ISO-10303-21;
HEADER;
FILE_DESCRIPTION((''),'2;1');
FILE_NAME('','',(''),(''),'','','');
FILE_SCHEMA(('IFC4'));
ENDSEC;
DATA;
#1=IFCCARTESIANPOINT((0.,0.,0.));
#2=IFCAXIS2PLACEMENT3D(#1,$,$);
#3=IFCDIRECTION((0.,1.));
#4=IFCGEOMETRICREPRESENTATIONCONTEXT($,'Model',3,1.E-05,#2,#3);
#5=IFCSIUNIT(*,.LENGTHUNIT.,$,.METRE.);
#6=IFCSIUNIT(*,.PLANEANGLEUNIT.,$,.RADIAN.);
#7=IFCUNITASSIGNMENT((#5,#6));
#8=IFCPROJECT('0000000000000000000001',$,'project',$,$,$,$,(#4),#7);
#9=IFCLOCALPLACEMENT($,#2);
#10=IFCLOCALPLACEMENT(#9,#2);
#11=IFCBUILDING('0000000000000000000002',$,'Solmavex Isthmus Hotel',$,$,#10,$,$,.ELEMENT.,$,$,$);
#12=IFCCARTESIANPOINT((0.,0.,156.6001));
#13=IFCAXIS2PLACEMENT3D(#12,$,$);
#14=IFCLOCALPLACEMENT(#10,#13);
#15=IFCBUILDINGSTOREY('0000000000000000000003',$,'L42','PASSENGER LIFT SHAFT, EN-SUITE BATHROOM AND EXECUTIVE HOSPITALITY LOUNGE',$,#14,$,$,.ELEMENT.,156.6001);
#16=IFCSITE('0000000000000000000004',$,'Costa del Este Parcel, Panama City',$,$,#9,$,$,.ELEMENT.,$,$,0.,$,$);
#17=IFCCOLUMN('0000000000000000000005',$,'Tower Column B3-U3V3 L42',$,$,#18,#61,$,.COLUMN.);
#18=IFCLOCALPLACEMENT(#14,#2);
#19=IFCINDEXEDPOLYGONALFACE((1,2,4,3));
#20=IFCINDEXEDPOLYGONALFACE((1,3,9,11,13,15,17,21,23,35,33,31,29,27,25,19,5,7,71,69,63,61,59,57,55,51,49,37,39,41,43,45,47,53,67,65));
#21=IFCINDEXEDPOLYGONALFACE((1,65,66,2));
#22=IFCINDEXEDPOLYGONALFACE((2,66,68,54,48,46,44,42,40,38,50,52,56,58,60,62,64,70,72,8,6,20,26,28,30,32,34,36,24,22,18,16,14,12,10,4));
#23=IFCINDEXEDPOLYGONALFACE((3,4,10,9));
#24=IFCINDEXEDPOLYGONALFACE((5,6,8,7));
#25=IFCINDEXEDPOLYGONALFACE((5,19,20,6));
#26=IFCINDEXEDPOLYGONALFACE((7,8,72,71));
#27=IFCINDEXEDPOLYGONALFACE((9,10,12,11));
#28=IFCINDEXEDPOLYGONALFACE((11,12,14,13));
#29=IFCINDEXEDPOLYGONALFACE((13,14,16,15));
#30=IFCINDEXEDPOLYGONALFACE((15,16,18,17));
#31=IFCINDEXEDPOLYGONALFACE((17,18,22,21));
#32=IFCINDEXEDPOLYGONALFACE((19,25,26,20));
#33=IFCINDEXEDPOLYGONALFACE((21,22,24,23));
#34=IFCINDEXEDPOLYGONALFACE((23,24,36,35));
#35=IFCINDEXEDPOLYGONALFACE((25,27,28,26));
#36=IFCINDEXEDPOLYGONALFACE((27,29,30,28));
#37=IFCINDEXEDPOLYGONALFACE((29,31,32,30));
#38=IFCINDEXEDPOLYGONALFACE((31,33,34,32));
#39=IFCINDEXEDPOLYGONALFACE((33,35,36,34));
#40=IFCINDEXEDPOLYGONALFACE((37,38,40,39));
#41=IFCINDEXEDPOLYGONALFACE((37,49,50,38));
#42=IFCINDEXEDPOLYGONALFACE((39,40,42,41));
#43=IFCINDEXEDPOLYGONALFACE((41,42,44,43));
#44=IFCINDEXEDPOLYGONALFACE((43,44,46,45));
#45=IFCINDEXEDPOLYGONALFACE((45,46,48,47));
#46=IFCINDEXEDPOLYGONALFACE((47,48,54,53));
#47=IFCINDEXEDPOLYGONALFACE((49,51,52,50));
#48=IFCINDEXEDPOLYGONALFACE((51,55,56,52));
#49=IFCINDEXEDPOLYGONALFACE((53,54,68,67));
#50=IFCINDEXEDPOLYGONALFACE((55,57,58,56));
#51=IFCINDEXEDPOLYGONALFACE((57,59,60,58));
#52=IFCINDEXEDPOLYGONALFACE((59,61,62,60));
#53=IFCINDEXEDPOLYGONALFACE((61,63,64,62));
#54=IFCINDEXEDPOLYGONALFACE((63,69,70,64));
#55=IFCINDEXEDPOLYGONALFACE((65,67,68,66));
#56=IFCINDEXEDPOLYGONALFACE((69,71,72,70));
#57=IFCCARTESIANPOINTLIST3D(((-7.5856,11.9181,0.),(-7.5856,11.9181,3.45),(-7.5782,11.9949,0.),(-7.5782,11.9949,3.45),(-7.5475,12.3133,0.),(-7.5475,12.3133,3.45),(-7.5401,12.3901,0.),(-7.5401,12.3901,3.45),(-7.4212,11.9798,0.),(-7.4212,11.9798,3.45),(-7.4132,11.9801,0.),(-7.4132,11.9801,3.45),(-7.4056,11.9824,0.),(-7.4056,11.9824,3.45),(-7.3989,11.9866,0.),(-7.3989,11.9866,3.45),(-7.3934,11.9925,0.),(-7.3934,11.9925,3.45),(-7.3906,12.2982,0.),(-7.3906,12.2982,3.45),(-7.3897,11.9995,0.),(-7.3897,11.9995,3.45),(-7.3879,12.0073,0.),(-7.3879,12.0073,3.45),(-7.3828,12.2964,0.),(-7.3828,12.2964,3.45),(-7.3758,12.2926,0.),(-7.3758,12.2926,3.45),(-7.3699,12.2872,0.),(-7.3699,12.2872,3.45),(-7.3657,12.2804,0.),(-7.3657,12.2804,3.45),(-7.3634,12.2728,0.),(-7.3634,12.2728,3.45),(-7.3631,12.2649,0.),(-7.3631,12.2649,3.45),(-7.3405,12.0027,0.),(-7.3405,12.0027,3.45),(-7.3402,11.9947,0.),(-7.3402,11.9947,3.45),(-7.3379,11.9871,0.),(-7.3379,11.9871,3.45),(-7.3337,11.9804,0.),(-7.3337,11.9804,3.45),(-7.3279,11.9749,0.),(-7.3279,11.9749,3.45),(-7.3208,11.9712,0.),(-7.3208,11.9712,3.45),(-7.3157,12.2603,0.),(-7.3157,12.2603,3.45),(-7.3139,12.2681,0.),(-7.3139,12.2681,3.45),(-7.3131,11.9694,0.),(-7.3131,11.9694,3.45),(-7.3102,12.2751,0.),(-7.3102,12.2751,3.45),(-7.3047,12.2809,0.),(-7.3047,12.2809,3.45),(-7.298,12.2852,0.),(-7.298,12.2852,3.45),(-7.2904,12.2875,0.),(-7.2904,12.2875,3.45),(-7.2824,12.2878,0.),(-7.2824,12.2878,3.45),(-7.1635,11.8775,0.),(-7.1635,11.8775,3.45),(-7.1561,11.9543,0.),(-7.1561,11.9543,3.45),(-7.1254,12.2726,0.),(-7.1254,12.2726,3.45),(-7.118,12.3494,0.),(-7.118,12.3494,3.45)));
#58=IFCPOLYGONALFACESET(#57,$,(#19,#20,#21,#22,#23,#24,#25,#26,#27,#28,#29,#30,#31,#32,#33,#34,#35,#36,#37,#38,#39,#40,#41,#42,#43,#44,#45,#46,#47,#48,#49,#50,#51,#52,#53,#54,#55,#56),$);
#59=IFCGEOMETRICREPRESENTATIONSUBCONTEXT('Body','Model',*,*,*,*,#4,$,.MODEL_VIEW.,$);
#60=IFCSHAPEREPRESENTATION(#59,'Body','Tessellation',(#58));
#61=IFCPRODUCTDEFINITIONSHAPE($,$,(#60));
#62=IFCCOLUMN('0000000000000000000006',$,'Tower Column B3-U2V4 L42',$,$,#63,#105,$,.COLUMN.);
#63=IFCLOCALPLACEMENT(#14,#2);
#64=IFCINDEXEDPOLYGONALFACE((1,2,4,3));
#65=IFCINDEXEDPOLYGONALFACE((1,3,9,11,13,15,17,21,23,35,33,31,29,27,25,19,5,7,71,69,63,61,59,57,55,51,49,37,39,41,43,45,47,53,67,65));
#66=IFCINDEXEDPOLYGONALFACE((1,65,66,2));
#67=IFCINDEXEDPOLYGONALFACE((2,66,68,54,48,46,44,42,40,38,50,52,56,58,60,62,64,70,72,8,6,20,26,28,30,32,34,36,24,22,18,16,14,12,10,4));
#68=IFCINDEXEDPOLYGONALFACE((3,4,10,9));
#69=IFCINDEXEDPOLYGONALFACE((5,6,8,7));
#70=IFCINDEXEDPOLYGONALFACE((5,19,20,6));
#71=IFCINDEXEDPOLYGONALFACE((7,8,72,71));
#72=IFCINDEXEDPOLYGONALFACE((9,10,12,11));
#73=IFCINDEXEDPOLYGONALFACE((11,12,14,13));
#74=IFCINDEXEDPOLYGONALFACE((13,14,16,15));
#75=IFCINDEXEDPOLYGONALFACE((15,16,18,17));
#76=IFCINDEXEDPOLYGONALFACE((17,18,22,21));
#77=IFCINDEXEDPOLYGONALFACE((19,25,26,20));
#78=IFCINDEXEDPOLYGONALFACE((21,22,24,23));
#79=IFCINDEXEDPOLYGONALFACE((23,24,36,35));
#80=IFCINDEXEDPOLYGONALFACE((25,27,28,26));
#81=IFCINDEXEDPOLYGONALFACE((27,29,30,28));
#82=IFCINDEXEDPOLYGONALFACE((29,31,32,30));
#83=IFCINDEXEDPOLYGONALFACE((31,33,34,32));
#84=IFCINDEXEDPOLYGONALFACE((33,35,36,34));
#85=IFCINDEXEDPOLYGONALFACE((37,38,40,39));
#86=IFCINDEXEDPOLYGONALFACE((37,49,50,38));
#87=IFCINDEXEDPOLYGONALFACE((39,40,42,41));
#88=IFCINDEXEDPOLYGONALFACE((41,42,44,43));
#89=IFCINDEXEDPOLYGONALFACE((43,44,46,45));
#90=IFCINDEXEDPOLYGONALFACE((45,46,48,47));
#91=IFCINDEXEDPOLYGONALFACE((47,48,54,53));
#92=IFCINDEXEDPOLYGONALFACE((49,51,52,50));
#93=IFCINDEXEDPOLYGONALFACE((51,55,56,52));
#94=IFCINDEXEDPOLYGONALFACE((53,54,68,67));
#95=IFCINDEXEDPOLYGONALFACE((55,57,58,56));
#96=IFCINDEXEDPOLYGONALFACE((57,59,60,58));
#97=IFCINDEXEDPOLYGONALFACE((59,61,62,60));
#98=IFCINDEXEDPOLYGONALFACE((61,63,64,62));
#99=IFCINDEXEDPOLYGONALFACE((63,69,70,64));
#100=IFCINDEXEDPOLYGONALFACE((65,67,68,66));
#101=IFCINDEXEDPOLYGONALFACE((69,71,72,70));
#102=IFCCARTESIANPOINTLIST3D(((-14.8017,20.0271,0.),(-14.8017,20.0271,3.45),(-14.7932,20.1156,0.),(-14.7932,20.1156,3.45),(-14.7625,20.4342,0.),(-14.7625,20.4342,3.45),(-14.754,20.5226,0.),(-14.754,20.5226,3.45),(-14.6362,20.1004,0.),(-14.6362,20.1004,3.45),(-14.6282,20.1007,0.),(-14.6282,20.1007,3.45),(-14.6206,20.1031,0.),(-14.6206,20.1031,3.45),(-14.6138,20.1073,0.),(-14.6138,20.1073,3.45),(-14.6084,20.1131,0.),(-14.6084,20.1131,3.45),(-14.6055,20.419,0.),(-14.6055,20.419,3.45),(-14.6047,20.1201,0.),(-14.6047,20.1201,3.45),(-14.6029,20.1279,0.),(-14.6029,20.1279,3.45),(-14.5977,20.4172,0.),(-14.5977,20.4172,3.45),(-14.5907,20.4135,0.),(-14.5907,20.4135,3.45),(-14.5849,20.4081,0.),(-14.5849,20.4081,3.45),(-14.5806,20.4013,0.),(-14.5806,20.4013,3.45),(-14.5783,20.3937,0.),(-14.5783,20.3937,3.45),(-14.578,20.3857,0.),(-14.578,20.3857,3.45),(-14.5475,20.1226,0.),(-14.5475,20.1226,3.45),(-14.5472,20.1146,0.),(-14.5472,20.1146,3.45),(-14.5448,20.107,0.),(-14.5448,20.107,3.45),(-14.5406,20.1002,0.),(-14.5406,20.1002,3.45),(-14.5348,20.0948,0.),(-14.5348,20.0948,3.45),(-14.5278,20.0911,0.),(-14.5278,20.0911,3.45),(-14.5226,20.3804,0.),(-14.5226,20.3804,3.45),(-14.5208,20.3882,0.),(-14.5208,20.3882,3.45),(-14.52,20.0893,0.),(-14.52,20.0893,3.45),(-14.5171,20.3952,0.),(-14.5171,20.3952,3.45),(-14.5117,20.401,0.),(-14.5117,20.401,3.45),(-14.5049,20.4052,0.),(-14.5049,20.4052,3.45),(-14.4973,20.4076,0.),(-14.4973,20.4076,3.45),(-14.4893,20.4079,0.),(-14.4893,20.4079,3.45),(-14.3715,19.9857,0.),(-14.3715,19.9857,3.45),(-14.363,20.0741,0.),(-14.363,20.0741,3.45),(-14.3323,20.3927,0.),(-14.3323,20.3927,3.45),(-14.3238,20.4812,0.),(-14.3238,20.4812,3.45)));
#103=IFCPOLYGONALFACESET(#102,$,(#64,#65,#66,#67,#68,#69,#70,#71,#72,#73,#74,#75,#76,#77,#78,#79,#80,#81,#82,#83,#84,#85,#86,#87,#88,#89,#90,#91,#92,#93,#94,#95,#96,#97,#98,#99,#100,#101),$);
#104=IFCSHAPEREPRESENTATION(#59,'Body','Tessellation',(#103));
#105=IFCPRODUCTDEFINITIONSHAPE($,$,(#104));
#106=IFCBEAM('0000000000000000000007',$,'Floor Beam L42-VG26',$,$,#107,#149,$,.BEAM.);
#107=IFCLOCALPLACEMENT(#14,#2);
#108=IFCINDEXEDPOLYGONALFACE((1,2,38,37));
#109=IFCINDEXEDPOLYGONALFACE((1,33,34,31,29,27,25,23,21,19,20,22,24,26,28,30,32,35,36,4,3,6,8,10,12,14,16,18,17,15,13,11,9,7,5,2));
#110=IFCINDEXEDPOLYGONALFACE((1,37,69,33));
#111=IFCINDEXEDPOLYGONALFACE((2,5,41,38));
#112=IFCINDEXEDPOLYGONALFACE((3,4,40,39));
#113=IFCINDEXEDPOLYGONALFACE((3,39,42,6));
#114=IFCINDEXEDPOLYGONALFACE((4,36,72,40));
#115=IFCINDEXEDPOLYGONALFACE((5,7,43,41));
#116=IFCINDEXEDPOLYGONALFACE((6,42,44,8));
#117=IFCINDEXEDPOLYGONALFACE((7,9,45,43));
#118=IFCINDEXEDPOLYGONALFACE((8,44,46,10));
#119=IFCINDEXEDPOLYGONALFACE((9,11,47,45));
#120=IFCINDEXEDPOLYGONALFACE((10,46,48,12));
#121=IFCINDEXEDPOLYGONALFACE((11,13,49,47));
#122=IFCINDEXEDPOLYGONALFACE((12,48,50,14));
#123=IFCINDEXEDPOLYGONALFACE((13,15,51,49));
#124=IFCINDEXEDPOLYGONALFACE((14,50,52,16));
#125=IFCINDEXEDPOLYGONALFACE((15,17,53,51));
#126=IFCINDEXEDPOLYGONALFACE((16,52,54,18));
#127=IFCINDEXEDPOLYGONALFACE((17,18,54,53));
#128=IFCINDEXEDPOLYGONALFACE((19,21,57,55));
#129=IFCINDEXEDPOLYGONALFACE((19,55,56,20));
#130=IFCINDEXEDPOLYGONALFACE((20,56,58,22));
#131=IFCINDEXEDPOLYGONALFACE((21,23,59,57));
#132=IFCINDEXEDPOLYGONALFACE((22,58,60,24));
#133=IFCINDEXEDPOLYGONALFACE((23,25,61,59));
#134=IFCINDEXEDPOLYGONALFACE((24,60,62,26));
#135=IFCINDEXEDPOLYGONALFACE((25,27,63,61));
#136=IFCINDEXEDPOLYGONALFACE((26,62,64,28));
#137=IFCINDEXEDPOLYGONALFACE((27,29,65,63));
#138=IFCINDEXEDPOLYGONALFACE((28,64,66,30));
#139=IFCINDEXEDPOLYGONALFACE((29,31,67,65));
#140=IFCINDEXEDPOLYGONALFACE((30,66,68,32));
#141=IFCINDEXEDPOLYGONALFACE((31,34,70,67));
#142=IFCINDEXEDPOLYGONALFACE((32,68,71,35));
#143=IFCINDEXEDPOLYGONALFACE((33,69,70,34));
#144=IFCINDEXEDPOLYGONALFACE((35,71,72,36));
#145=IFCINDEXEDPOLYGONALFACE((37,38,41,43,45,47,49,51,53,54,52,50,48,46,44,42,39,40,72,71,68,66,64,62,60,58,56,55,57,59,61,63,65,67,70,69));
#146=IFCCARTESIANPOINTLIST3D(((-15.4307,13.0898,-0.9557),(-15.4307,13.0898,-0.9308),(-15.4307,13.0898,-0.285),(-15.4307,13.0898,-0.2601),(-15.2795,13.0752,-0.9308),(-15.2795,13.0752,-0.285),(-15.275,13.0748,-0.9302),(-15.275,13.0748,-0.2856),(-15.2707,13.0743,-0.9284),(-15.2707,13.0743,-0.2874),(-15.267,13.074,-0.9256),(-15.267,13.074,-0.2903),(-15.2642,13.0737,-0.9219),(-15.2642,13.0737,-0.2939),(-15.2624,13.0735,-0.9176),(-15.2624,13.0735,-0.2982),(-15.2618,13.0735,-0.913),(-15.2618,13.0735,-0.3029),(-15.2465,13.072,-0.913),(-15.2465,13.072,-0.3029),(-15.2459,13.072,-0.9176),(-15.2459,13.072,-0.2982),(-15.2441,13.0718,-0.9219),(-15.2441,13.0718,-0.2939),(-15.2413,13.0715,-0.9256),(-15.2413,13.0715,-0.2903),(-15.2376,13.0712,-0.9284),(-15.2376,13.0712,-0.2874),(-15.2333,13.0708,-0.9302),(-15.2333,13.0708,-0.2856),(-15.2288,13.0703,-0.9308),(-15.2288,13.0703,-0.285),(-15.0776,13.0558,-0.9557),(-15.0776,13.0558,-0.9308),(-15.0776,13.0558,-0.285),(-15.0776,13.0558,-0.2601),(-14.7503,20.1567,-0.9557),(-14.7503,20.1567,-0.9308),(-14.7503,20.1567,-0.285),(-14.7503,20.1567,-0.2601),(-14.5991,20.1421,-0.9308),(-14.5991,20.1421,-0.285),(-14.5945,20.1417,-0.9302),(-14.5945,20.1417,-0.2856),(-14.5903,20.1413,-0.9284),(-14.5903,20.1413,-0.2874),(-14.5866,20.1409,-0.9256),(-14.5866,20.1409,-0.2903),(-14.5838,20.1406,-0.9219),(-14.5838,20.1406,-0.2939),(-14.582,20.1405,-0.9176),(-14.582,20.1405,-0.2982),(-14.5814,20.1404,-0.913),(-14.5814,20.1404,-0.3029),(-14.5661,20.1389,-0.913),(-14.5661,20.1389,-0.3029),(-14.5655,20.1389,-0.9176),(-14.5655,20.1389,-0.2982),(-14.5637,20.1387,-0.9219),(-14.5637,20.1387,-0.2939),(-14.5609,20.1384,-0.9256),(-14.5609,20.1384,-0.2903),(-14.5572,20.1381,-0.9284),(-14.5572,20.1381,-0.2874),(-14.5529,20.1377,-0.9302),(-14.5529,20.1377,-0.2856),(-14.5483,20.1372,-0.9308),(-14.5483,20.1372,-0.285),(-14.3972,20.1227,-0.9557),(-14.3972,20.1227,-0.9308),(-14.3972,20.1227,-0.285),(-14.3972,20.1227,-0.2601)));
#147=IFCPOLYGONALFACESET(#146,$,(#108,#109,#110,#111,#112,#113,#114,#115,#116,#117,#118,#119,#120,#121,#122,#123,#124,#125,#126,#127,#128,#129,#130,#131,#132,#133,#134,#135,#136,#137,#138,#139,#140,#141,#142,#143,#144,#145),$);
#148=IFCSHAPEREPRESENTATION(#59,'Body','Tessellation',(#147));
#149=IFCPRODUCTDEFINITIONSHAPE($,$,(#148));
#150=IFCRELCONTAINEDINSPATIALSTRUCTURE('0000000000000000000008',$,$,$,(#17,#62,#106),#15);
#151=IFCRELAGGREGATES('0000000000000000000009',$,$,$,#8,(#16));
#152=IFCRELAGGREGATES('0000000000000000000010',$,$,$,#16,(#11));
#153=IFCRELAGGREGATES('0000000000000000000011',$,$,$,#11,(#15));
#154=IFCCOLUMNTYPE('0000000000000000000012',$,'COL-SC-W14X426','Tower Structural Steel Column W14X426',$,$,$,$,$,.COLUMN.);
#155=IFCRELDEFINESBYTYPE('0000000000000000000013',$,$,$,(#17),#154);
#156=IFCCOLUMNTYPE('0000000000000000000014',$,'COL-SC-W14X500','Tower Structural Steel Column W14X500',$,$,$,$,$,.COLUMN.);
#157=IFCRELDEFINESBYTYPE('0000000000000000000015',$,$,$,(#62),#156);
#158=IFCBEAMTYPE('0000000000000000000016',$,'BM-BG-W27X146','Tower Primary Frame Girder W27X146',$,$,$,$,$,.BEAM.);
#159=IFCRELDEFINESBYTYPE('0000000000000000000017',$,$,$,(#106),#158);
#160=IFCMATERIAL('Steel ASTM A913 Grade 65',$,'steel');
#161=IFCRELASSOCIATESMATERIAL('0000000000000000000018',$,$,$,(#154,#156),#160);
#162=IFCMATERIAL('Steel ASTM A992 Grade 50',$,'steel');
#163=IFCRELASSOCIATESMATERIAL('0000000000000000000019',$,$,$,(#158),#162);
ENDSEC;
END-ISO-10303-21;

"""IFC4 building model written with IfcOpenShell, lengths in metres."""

from ifc_helpers import new_model, si_unit, direction, frame, origin, origin_2d, place, context, subcontext, project, spatial, i_section, extrude, material, material_profile, profile_set, type_object, element, save


model = new_model("IFC4")

# Units and contexts
model_context = context("Model", 3, precision=1e-05, world=origin(), true_north=direction((0.0, 1.0)))
body_context = subcontext(model_context, "Body", "Model", "MODEL_VIEW")
ifc_project = project(units=[si_unit("LENGTHUNIT", "METRE"), si_unit("PLANEANGLEUNIT", "RADIAN")], contexts=[model_context])

# Site, building, storey
site_placement = place(None, origin())
site = spatial("IfcSite", under=ifc_project, at=site_placement, Name="Costa del Este Parcel, Panama City", CompositionType="ELEMENT", RefElevation=0.0)
building_placement = place(site_placement, origin())
building = spatial("IfcBuilding", under=site, at=building_placement, Name="Solmavex Isthmus Hotel", CompositionType="ELEMENT")
storey_placement = place(building_placement, frame((0.0, 0.0, 156.6001)))
storey = spatial("IfcBuildingStorey", under=building, at=storey_placement, Name="L42", Description="PASSENGER LIFT SHAFT, EN-SUITE BATHROOM AND EXECUTIVE HOSPITALITY LOUNGE", CompositionType="ELEMENT", Elevation=156.6001)

# Columns
ifc_material_1 = material(Name="Steel ASTM A913 Grade 65", Category="steel")
ifc_material_profile_1 = material_profile(ifc_material_1, i_section(OverallWidth=0.4241, OverallDepth=0.4741, WebThickness=0.0476, FlangeThickness=0.0771, FilletRadius=0.0305, at=origin_2d()), Name="W14X426")
ifc_profile_set_1 = profile_set([ifc_material_profile_1], Name="Steel ASTM A913 Grade 65")
column_type_1 = type_object("IfcColumnType", Name="COL-SC-W14X426", Description="Tower Structural Steel Column W14X426", PredefinedType="COLUMN", material=ifc_profile_set_1)
column_1_placement = place(storey_placement, frame((-7.3518, 12.1338, 0.0), z_axis=(0.0, 0.0, 1.0), x_axis=(0.995396, -0.095846, 0.0)))
element("IfcColumn", 1, at=column_1_placement, inside=storey, type_object=column_type_1, Name="Tower Column B3-U3V3 L42", PredefinedType="COLUMN", context=body_context, shape_type="SweptSolid", body=[
    extrude(i_section(OverallWidth=0.4241, OverallDepth=0.4741, WebThickness=0.0476, FlangeThickness=0.0771, FilletRadius=0.0305, at=origin_2d()), origin(), (0.0, 0.0, 1.0), 3.45),
])
ifc_material_profile_2 = material_profile(ifc_material_1, i_section(OverallWidth=0.4321, OverallDepth=0.4978, WebThickness=0.0557, FlangeThickness=0.0889, FilletRadius=0.0305, at=origin_2d()), Name="W14X500")
ifc_profile_set_2 = profile_set([ifc_material_profile_2], Name="Steel ASTM A913 Grade 65")
column_type_2 = type_object("IfcColumnType", Name="COL-SC-W14X500", Description="Tower Structural Steel Column W14X500", PredefinedType="COLUMN", material=ifc_profile_set_2)
column_2_placement = place(storey_placement, frame((-14.5627, 20.2542, 0.0), z_axis=(0.0, 0.0, 1.0), x_axis=(0.995396, -0.095846, 0.0)))
element("IfcColumn", 2, at=column_2_placement, inside=storey, type_object=column_type_2, Name="Tower Column B3-U2V4 L42", PredefinedType="COLUMN", context=body_context, shape_type="SweptSolid", body=[
    extrude(i_section(OverallWidth=0.4321, OverallDepth=0.4978, WebThickness=0.0557, FlangeThickness=0.0889, FilletRadius=0.0305, at=origin_2d()), origin(), (0.0, 0.0, 1.0), 3.45),
])

# Beam
ifc_material_2 = material(Name="Steel ASTM A992 Grade 50", Category="steel")
ifc_material_profile_3 = material_profile(ifc_material_2, i_section(OverallWidth=0.3547, OverallDepth=0.6956, WebThickness=0.0154, FlangeThickness=0.0249, FilletRadius=0.0178, at=origin_2d()), Name="W27X146")
ifc_profile_set_3 = profile_set([ifc_material_profile_3], Name="Steel ASTM A992 Grade 50")
beam_type_1 = type_object("IfcBeamType", Name="BM-BG-W27X146", Description="Tower Primary Frame Girder W27X146", PredefinedType="BEAM", material=ifc_profile_set_3)
beam_1_placement = place(storey_placement, frame((-15.2542, 13.0728, -0.6079), z_axis=(0.09584, 0.995397, 0.0), x_axis=(-0.995397, 0.09584, 0.0)))
element("IfcBeam", 3, at=beam_1_placement, inside=storey, type_object=beam_type_1, Name="Floor Beam L42-VG26", PredefinedType="BEAM", context=body_context, shape_type="SweptSolid", body=[
    extrude(i_section(OverallWidth=0.3547, OverallDepth=0.6956, WebThickness=0.0154, FlangeThickness=0.0249, FilletRadius=0.0178, at=origin_2d()), origin(), (0.0, 0.0, 1.0), 7.0996),
])

save(model, "model.ifc")
